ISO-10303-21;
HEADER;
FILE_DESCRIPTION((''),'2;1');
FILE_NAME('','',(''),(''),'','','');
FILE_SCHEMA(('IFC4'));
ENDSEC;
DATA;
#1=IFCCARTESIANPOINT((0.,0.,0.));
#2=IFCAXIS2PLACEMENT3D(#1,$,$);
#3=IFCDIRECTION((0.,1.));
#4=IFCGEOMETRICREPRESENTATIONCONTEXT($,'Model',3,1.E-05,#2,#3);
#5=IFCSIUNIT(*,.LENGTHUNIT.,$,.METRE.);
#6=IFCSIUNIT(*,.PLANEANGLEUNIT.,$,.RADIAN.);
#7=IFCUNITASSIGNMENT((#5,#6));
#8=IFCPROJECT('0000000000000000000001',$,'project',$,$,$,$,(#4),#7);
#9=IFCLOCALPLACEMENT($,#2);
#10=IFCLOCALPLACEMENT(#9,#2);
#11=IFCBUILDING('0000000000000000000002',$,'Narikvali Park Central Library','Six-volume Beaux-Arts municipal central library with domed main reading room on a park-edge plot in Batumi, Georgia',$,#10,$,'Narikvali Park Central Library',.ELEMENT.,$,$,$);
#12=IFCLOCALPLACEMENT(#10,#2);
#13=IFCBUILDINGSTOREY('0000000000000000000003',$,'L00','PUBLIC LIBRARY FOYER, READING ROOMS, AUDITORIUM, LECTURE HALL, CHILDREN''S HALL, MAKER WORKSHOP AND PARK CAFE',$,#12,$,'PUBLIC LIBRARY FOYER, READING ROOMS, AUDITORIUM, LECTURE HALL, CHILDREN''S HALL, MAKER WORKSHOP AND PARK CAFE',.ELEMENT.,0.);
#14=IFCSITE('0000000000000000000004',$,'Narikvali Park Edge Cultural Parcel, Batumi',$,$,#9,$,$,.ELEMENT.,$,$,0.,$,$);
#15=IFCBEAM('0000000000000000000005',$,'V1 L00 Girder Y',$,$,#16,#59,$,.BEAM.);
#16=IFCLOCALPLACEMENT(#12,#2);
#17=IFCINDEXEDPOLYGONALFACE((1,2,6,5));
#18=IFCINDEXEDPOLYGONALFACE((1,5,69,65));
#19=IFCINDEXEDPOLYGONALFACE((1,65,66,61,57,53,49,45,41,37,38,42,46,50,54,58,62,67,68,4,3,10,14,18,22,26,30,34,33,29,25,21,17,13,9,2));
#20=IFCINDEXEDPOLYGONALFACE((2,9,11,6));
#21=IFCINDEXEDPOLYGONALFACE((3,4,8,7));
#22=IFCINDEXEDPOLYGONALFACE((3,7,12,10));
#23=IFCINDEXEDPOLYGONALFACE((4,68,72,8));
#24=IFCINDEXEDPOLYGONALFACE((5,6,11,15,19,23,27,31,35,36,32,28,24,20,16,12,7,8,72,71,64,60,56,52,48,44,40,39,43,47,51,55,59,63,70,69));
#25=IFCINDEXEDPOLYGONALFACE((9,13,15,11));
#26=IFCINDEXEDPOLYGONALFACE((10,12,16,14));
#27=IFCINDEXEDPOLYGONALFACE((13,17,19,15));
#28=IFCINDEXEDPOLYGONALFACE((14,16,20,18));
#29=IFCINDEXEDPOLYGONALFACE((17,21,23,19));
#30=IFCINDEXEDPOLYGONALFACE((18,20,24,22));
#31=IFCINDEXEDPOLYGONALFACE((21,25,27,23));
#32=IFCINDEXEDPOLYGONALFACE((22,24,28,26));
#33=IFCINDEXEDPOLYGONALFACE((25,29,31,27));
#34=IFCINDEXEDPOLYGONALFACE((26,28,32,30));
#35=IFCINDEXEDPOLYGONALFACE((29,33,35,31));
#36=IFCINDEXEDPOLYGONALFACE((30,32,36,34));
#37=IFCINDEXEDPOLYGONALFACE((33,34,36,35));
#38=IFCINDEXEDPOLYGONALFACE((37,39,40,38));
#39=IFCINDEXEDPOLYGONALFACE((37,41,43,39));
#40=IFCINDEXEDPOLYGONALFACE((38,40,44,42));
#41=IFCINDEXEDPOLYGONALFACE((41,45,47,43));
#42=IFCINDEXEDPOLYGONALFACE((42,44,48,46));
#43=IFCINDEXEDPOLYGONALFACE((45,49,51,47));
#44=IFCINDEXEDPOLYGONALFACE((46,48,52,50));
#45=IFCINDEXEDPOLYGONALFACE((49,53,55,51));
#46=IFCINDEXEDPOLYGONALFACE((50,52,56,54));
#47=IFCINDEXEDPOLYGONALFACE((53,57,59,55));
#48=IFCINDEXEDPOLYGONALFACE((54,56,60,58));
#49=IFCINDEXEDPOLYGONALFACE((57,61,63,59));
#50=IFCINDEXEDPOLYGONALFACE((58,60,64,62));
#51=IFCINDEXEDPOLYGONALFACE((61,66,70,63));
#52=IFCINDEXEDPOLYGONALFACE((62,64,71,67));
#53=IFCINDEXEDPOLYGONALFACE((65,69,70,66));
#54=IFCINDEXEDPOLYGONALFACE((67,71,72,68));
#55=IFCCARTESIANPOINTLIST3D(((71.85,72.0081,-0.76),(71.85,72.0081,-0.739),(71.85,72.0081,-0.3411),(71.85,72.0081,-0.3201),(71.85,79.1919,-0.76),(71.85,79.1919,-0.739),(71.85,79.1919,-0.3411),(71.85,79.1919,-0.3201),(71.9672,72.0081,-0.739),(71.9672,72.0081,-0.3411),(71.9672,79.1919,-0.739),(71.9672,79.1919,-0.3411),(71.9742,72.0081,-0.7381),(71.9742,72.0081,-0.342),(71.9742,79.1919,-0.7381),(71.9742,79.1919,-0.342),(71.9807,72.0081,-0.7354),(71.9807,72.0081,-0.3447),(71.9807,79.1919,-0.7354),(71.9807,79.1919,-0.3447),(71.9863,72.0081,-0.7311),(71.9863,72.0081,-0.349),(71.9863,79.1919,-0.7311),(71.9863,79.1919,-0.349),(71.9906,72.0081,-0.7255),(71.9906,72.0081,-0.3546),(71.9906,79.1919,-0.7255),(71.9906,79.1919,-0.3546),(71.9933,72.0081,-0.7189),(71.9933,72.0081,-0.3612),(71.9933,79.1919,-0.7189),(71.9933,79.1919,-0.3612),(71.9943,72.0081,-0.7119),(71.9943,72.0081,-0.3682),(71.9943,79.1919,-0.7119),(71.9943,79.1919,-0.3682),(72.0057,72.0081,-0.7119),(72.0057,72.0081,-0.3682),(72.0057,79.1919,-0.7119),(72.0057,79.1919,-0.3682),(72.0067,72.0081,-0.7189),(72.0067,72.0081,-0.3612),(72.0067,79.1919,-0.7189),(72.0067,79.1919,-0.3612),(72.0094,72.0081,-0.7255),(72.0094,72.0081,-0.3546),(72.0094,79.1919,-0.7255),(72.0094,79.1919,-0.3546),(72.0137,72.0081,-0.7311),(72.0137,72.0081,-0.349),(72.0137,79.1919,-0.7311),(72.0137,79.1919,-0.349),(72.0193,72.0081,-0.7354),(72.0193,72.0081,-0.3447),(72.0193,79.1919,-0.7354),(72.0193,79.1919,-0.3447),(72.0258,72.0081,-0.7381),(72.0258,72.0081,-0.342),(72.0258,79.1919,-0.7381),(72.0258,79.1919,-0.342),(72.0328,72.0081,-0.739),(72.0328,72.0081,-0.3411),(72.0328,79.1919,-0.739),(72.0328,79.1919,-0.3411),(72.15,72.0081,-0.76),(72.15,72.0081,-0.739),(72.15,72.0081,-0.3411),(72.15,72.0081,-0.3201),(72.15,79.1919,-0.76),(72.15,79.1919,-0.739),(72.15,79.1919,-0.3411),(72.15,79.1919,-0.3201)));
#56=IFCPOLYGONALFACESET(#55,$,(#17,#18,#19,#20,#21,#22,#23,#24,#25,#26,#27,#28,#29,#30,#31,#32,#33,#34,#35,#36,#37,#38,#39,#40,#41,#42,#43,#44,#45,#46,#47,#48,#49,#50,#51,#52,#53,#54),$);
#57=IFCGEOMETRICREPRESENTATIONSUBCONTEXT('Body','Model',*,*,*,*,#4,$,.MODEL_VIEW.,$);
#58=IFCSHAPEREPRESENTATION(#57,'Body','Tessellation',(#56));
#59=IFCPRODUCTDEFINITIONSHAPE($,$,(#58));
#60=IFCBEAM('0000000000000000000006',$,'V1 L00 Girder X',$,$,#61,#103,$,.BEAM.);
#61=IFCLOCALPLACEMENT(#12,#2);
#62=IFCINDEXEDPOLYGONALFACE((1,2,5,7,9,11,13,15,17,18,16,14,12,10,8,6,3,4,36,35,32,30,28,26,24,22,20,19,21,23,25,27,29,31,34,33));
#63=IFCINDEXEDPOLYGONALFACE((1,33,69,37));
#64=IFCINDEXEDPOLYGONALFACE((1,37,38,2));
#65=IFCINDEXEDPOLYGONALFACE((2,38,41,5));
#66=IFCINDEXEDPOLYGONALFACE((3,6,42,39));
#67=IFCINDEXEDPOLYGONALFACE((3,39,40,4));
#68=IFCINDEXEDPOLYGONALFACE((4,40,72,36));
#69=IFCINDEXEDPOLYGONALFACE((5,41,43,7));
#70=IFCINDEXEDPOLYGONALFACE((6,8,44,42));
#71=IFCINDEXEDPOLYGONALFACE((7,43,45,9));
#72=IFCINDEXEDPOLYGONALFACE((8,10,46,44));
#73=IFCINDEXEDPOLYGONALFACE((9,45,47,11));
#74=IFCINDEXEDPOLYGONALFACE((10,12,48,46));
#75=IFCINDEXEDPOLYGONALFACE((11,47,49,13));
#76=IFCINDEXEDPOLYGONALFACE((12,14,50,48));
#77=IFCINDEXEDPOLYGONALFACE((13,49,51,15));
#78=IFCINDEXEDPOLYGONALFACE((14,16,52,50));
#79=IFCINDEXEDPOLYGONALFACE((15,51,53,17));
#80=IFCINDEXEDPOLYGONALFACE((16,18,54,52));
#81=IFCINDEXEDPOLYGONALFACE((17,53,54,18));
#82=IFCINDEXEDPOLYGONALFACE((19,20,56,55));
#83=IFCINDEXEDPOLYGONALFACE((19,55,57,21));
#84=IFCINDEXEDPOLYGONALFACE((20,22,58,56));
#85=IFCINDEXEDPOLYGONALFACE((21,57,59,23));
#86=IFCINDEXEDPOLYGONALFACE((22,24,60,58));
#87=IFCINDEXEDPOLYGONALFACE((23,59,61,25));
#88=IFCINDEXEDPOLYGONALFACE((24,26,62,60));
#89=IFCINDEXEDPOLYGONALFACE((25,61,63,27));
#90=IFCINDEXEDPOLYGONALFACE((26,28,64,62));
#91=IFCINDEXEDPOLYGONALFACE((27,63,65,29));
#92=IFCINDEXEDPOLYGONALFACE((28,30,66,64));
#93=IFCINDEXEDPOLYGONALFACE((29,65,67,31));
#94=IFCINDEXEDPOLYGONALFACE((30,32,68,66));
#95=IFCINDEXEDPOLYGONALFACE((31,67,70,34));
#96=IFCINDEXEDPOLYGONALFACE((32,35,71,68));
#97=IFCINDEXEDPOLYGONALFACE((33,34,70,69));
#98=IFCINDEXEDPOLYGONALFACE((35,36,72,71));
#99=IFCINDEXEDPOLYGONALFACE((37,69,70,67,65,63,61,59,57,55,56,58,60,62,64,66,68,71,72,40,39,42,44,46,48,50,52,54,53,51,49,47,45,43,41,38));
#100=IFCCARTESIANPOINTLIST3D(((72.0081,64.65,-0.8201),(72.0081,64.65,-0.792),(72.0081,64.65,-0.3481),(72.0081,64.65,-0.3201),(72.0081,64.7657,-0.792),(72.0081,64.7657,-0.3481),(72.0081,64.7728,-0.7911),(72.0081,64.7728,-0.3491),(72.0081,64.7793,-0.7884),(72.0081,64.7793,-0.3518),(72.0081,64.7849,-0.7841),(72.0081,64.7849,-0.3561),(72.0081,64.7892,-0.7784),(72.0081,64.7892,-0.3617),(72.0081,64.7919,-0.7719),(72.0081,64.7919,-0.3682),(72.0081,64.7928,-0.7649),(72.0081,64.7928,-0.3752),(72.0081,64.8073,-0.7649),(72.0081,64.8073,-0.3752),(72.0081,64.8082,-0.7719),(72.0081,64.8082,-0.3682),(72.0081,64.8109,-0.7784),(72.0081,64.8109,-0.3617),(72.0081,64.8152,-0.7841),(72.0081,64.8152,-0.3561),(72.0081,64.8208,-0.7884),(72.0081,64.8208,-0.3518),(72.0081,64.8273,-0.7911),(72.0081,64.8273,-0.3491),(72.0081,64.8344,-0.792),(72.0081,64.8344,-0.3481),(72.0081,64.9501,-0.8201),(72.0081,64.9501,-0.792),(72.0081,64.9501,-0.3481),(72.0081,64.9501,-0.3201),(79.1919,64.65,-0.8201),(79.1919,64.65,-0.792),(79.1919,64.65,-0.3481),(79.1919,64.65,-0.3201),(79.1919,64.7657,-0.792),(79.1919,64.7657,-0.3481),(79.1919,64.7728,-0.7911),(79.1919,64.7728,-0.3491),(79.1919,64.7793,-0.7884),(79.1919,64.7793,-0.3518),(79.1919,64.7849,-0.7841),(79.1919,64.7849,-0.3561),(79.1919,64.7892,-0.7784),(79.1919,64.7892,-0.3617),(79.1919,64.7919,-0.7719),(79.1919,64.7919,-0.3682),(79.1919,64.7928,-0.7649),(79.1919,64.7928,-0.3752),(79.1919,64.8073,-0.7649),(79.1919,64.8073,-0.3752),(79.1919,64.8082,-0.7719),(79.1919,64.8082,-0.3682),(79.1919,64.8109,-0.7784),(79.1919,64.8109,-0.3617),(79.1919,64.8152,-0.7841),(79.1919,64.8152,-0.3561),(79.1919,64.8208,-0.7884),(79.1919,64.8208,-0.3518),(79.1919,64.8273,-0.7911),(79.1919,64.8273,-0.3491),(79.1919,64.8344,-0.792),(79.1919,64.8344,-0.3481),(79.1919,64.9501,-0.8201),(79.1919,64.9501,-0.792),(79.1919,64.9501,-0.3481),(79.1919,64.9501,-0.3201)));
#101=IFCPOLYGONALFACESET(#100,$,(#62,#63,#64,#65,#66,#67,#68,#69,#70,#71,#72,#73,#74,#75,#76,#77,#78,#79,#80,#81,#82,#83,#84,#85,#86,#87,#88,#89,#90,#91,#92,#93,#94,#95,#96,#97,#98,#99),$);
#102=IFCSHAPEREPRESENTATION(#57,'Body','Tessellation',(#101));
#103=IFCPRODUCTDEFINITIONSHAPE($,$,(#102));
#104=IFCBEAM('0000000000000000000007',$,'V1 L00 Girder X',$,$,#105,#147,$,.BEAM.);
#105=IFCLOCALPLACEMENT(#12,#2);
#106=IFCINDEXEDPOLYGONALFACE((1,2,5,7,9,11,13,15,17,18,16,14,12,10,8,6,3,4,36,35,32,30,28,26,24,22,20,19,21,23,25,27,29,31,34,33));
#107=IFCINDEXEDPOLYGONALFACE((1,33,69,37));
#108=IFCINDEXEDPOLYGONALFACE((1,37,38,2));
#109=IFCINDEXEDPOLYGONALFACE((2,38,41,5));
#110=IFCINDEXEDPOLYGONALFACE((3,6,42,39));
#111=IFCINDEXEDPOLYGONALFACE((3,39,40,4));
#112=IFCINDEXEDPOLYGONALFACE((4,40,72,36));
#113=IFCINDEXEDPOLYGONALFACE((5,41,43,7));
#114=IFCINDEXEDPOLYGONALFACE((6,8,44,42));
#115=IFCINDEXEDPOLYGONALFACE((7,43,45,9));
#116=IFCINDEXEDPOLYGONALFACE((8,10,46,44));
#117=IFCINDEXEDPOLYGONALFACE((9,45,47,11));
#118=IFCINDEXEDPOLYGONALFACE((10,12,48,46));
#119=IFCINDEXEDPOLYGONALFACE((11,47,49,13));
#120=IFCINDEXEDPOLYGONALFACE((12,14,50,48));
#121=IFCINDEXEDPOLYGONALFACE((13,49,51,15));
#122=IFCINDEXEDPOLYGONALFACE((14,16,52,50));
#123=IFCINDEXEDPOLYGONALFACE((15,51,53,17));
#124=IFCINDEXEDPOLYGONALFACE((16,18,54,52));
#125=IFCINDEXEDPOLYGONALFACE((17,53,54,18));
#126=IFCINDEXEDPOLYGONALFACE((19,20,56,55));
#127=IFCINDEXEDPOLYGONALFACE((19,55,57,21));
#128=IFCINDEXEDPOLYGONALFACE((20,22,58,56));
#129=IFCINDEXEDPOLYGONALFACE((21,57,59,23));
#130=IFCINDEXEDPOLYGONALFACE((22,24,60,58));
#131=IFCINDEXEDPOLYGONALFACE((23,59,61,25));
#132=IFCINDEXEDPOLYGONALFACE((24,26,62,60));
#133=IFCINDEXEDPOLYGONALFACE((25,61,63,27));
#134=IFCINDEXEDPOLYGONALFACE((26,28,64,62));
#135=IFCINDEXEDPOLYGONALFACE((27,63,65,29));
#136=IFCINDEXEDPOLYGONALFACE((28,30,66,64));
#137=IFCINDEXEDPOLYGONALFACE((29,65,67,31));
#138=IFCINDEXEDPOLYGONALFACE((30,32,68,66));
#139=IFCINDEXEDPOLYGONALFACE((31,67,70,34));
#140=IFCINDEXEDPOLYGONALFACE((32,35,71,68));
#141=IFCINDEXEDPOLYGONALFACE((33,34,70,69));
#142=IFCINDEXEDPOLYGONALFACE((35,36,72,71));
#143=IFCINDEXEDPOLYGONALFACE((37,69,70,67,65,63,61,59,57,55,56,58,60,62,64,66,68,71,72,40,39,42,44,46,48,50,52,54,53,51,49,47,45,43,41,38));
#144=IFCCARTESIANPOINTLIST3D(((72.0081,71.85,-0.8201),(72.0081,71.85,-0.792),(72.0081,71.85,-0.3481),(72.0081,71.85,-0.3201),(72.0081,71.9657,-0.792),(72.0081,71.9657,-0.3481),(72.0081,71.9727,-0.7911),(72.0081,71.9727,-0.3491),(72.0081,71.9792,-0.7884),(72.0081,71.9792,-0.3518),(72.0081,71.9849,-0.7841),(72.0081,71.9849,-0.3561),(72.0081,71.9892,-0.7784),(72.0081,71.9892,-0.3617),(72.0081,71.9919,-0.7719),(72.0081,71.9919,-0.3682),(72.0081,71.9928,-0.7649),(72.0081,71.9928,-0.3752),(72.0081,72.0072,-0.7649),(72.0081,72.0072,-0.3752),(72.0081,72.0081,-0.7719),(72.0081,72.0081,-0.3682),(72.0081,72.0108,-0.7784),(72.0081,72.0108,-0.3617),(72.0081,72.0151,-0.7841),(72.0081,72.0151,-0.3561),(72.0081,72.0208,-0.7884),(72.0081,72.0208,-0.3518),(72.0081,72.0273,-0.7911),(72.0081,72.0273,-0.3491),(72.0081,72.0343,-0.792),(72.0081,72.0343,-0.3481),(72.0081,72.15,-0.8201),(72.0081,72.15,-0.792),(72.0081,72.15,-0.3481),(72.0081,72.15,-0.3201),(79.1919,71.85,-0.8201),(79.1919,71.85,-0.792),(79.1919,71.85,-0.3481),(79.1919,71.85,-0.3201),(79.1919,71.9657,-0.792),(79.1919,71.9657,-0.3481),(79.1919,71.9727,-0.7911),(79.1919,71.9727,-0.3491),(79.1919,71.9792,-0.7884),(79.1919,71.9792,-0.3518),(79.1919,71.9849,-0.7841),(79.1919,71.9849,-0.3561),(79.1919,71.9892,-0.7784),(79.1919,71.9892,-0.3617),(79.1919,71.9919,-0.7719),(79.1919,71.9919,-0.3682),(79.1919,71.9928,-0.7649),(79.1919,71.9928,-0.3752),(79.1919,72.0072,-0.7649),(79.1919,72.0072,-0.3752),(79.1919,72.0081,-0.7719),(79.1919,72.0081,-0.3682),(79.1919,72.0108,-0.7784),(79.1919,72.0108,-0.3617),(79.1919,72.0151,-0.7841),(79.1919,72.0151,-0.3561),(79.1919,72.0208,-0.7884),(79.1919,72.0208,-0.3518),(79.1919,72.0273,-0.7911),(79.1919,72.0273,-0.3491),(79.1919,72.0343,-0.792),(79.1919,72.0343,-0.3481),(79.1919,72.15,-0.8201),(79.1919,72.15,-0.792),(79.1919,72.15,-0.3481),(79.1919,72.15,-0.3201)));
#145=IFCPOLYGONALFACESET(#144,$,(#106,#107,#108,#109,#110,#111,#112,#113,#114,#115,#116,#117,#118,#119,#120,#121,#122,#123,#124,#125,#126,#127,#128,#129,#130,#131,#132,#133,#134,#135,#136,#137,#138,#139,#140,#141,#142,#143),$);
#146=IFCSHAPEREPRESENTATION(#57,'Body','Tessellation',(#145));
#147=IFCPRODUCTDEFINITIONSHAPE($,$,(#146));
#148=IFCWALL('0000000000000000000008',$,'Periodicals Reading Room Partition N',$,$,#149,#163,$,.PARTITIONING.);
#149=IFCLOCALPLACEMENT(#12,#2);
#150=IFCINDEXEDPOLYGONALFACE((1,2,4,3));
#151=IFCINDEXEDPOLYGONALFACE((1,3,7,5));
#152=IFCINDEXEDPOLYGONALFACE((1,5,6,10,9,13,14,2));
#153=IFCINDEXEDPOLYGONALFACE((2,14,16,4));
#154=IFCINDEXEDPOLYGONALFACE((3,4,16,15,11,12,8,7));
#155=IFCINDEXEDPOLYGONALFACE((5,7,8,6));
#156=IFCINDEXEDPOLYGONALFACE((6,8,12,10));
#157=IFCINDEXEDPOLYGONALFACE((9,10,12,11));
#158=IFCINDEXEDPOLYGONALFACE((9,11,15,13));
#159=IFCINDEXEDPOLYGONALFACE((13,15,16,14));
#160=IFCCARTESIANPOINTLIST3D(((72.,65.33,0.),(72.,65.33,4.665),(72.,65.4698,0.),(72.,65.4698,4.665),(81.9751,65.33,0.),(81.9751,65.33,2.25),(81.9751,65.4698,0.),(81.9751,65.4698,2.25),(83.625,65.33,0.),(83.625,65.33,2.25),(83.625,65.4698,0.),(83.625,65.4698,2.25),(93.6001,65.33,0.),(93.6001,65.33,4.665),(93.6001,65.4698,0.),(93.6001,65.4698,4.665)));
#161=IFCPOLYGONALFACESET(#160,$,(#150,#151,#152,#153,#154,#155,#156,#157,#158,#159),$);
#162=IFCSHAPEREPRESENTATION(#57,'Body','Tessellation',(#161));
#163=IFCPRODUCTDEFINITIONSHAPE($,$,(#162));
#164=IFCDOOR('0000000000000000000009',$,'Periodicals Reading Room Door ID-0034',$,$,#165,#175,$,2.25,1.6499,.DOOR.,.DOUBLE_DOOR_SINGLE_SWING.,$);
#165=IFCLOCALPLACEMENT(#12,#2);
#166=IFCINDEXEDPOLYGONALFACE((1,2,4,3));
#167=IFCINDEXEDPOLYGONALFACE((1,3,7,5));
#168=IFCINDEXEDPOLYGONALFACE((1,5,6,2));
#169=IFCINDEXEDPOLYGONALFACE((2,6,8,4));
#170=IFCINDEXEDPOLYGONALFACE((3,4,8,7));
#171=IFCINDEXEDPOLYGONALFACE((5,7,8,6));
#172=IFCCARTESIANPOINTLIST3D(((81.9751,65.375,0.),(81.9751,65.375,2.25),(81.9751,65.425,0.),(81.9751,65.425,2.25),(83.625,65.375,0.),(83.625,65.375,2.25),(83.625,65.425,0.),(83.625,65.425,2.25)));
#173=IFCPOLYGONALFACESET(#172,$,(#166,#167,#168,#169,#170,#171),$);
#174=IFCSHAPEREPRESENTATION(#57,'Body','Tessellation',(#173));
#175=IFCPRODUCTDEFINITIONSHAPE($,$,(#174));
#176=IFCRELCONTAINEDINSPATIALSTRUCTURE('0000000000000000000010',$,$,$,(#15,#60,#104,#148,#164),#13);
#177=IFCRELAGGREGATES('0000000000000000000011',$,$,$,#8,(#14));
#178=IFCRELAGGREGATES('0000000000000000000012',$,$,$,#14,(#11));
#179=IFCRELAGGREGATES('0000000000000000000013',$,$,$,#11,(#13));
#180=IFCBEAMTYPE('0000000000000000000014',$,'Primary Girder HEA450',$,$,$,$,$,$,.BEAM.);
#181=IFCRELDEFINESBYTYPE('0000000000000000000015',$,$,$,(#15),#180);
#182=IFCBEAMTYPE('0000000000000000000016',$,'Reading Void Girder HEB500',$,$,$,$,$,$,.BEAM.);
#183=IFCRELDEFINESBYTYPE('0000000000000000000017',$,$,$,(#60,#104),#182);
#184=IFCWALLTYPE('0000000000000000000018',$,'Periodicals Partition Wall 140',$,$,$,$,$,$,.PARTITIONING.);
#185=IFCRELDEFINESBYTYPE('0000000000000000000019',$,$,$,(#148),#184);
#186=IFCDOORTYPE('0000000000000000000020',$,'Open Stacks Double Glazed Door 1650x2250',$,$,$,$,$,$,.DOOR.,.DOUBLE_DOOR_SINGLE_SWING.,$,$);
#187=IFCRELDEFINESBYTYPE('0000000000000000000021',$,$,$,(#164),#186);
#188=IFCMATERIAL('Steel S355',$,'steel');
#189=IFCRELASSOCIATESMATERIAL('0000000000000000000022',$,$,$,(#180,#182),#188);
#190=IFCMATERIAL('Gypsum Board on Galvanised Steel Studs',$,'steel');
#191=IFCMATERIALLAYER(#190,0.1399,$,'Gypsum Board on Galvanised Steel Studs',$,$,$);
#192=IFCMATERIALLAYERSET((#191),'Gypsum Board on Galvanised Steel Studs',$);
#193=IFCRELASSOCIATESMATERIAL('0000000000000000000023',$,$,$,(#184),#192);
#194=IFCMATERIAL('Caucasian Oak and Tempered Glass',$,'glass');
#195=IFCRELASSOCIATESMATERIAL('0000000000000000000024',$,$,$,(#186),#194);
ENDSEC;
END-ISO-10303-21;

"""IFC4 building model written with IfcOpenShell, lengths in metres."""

from ifc_helpers import new_model, si_unit, direction, frame, frame_2d, origin, origin_2d, place, context, subcontext, project, spatial, rectangle, i_section, extrude, material, layer, layer_set, material_profile, profile_set, type_object, element, fill, save


model = new_model("IFC4")

# Units and contexts
model_context = context("Model", 3, precision=1e-05, world=origin(), true_north=direction((0.0, 1.0)))
body_context = subcontext(model_context, "Body", "Model", "MODEL_VIEW")
ifc_project = project(units=[si_unit("LENGTHUNIT", "METRE"), si_unit("PLANEANGLEUNIT", "RADIAN")], contexts=[model_context])

# Site, building, storey
site_placement = place(None, origin())
site = spatial("IfcSite", under=ifc_project, at=site_placement, Name="Narikvali Park Edge Cultural Parcel, Batumi", CompositionType="ELEMENT", RefElevation=0.0)
building_placement = place(site_placement, origin())
building = spatial("IfcBuilding", under=site, at=building_placement, Name="Narikvali Park Central Library", Description="Six-volume Beaux-Arts municipal central library with domed main reading room on a park-edge plot in Batumi, Georgia", LongName="Narikvali Park Central Library", CompositionType="ELEMENT")
storey_placement = place(building_placement, origin())
storey = spatial("IfcBuildingStorey", under=building, at=storey_placement, Name="L00", Description="PUBLIC LIBRARY FOYER, READING ROOMS, AUDITORIUM, LECTURE HALL, CHILDREN'S HALL, MAKER WORKSHOP AND PARK CAFE", LongName="PUBLIC LIBRARY FOYER, READING ROOMS, AUDITORIUM, LECTURE HALL, CHILDREN'S HALL, MAKER WORKSHOP AND PARK CAFE", CompositionType="ELEMENT", Elevation=0.0)

# Shared definitions
ifc_material_1 = material(Name="Steel S355", Category="steel")

# Beams
ifc_material_profile_1 = material_profile(ifc_material_1, i_section(OverallWidth=0.3, OverallDepth=0.4399, WebThickness=0.0115, FlangeThickness=0.021, FilletRadius=0.0271, at=origin_2d()), Name="HEA 450")
ifc_profile_set_1 = profile_set([ifc_material_profile_1], Name="Steel S355")
beam_type_1 = type_object("IfcBeamType", Name="Primary Girder HEA450", PredefinedType="BEAM", material=ifc_profile_set_1)
for number, where, z_axis, x_axis, name in (
    (1, (72.0, 72.0081, -0.54), (0.0, 1.0, 0.0), (-1.0, 0.0, 0.0), "V1 L00 Girder Y"),
):
    element("IfcBeam", number, at=place(storey_placement, frame(where, z_axis=z_axis, x_axis=x_axis)), inside=storey, type_object=beam_type_1, Name=name, PredefinedType="BEAM", context=body_context, shape_type="SweptSolid", body=[
        extrude(i_section(OverallWidth=0.3, OverallDepth=0.4399, WebThickness=0.0115, FlangeThickness=0.021, FilletRadius=0.0271, at=origin_2d()), origin(), (0.0, 0.0, 1.0), 7.1838),
    ])
ifc_material_profile_2 = material_profile(ifc_material_1, i_section(OverallWidth=0.3, OverallDepth=0.5, WebThickness=0.0144, FlangeThickness=0.0281, FilletRadius=0.0271, at=origin_2d()), Name="HEB 500")
ifc_profile_set_2 = profile_set([ifc_material_profile_2], Name="Steel S355")
beam_type_2 = type_object("IfcBeamType", Name="Reading Void Girder HEB500", PredefinedType="BEAM", material=ifc_profile_set_2)
for number, where, z_axis, x_axis, name in (
    (2, (72.0081, 64.8, -0.5701), (1.0, 0.0, 0.0), (0.0, 1.0, 0.0), "V1 L00 Girder X"),
    (3, (72.0081, 72.0, -0.5701), (1.0, 0.0, 0.0), (0.0, 1.0, 0.0), "V1 L00 Girder X"),
):
    element("IfcBeam", number, at=place(storey_placement, frame(where, z_axis=z_axis, x_axis=x_axis)), inside=storey, type_object=beam_type_2, Name=name, PredefinedType="BEAM", context=body_context, shape_type="SweptSolid", body=[
        extrude(i_section(OverallWidth=0.3, OverallDepth=0.5, WebThickness=0.0144, FlangeThickness=0.0281, FilletRadius=0.0271, at=origin_2d()), origin(), (0.0, 0.0, 1.0), 7.1838),
    ])

# Wall, opening, door
ifc_material_2 = material(Name="Gypsum Board on Galvanised Steel Studs", Category="steel")
ifc_layer_1 = layer(ifc_material_2, 0.1399, Name="Gypsum Board on Galvanised Steel Studs")
ifc_layer_set_1 = layer_set([ifc_layer_1], Name="Gypsum Board on Galvanised Steel Studs")
wall_type_1 = type_object("IfcWallType", Name="Periodicals Partition Wall 140", PredefinedType="PARTITIONING", material=ifc_layer_set_1)
wall_1_placement = place(storey_placement, frame((72.0, 65.3999, 0.0), z_axis=(0.0, 0.0, 1.0), x_axis=(1.0, 0.0, 0.0)))
wall_1 = element("IfcWall", 4, at=wall_1_placement, inside=storey, type_object=wall_type_1, Name="Periodicals Reading Room Partition N", PredefinedType="PARTITIONING", context=body_context, shape_type="SweptSolid", body=[
    extrude(rectangle(XDim=21.6001, YDim=0.1399, at=frame_2d((10.8, 0.0))), origin(), (0.0, 0.0, 1.0), 4.665),
])
opening_1_placement = place(wall_1_placement, frame((9.9751, 0.0, 0.0)))
opening_1 = element("IfcOpeningElement", 5, at=opening_1_placement, cuts=wall_1, PredefinedType="OPENING", context=body_context, shape_type="SweptSolid", body=[
    extrude(rectangle(XDim=1.6499, YDim=2.25, at=frame_2d((0.825, 1.125))), frame((0.0, 0.082, 0.0), z_axis=(0.0, -1.0, 0.0), x_axis=(1.0, 0.0, 0.0)), (0.0, 0.0, 1.0), 0.1638),
])
ifc_material_3 = material(Name="Caucasian Oak and Tempered Glass", Category="glass")
door_type_1 = type_object("IfcDoorType", Name="Open Stacks Double Glazed Door 1650x2250", OperationType="DOUBLE_DOOR_SINGLE_SWING", PredefinedType="DOOR", material=ifc_material_3)
door_1_placement = place(opening_1_placement, frame((1.6499, 0.0, 0.0), z_axis=(0.0, 0.0, 1.0), x_axis=(-1.0, 0.0, 0.0)))
door_1 = element("IfcDoor", 6, at=door_1_placement, inside=storey, type_object=door_type_1, Name="Periodicals Reading Room Door ID-0034", OperationType="DOUBLE_DOOR_SINGLE_SWING", OverallHeight=2.25, OverallWidth=1.6499, PredefinedType="DOOR", context=body_context, shape_type="SweptSolid", body=[
    extrude(rectangle(XDim=1.6499, YDim=2.25, at=frame_2d((0.825, 1.125))), frame((0.0, 0.0249, 0.0), z_axis=(0.0, -1.0, 0.0), x_axis=(1.0, 0.0, 0.0)), (0.0, 0.0, 1.0), 0.05),
])
fill(opening_1, door_1)

save(model, "model.ifc")
